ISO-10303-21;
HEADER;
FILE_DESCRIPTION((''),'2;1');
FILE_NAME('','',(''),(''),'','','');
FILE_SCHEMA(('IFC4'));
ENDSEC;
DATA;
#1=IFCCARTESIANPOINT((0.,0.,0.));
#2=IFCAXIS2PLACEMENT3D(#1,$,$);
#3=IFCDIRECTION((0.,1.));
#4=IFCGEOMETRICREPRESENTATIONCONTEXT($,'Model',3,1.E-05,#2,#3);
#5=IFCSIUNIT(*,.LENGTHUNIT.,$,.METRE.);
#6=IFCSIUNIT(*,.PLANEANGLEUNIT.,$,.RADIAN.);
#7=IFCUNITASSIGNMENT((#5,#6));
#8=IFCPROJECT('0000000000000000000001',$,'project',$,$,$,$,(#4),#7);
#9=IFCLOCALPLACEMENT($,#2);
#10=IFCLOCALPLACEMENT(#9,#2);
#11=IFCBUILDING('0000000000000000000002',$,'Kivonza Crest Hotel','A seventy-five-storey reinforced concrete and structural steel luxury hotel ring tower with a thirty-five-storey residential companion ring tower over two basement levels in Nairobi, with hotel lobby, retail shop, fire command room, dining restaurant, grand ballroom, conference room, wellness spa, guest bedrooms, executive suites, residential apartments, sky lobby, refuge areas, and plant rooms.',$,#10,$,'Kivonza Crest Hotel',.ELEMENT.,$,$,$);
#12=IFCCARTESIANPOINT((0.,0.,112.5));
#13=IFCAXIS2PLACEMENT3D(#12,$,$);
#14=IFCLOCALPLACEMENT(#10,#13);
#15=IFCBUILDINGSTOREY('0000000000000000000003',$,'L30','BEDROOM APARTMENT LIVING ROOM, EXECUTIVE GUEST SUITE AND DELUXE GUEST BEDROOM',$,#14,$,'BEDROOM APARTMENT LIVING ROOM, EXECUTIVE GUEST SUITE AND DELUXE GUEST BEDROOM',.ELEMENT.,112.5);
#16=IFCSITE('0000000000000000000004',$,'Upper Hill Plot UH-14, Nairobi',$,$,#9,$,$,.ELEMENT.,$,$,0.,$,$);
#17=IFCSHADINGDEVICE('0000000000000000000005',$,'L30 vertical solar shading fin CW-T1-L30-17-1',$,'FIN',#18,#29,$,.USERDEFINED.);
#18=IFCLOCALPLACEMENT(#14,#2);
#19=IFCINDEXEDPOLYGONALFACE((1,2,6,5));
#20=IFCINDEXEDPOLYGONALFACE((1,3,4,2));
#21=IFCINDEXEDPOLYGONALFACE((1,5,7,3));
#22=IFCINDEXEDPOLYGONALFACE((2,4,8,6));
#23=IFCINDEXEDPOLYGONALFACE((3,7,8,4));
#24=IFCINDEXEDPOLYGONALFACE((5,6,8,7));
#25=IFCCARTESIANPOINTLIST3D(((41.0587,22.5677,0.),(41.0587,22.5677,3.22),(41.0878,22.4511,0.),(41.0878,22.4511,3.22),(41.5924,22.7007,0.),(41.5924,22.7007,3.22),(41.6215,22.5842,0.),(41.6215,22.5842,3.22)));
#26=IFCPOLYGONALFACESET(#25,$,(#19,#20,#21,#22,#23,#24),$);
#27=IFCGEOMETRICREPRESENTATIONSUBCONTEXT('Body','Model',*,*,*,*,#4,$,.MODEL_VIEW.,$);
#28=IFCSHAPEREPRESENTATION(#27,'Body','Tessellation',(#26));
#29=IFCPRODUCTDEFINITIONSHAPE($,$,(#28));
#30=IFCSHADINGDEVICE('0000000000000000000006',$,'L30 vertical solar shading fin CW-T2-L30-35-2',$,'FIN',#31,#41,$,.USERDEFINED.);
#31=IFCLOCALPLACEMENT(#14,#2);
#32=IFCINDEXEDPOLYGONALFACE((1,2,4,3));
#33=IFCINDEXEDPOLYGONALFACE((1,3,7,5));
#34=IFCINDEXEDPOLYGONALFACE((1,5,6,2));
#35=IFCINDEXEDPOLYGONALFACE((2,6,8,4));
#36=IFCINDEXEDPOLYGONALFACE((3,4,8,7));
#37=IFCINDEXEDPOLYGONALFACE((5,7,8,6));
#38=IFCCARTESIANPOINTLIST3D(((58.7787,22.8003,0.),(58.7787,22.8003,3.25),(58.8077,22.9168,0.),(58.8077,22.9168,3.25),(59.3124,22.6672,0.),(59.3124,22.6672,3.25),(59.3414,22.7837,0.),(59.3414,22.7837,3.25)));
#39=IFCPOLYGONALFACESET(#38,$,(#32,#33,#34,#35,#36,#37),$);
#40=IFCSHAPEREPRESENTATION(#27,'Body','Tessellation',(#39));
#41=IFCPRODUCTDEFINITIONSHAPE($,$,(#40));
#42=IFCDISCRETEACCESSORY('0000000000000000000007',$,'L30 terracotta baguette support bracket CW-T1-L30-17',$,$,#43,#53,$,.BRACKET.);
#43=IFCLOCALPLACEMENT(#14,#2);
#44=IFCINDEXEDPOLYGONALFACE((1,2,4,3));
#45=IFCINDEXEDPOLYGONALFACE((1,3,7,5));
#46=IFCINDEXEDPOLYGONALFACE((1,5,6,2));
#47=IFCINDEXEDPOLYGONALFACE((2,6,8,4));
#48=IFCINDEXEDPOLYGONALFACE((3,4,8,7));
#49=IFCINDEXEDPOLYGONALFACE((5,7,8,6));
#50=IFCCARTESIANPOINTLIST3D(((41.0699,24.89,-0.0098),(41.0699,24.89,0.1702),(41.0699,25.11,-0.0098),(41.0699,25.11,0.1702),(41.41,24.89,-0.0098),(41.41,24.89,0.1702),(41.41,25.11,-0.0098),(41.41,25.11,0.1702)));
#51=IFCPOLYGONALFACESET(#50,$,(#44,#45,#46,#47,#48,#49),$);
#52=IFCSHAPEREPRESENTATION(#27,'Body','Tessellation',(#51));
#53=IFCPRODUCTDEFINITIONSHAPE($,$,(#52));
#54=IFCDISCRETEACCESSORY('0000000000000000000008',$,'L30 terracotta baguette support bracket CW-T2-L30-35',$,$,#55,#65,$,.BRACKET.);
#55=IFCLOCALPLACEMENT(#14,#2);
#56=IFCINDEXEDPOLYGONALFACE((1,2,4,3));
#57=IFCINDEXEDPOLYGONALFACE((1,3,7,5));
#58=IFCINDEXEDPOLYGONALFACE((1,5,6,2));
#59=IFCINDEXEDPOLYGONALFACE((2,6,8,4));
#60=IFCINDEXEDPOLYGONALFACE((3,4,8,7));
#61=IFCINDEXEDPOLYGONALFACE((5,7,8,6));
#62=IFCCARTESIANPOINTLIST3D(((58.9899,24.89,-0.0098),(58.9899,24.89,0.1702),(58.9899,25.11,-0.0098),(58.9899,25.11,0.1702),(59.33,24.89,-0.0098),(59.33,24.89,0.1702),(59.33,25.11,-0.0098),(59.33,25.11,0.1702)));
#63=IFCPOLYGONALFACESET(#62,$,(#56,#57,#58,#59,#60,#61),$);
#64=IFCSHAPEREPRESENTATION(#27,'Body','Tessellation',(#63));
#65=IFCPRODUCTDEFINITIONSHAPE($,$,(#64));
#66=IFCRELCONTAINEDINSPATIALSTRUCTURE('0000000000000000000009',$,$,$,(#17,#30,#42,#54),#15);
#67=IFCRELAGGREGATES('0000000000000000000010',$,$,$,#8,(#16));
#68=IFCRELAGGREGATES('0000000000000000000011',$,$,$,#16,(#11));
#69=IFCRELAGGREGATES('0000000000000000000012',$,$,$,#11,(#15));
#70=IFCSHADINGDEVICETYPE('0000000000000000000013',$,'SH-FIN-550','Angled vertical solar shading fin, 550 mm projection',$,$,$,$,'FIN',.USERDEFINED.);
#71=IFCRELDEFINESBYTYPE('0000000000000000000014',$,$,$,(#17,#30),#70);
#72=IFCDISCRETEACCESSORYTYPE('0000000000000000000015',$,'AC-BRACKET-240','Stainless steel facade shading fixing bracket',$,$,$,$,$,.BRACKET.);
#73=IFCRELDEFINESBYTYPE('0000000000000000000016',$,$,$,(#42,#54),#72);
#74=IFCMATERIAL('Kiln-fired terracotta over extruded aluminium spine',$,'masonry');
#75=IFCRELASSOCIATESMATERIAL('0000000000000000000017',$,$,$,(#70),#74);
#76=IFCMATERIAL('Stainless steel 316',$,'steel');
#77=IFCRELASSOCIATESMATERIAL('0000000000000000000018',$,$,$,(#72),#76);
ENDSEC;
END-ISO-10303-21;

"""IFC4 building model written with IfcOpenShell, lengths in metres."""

from ifc_helpers import new_model, si_unit, direction, frame, origin, origin_2d, place, context, subcontext, project, spatial, rectangle, extrude, material, type_object, element, save


model = new_model("IFC4")

# Units and contexts
model_context = context("Model", 3, precision=1e-05, world=origin(), true_north=direction((0.0, 1.0)))
body_context = subcontext(model_context, "Body", "Model", "MODEL_VIEW")
ifc_project = project(units=[si_unit("LENGTHUNIT", "METRE"), si_unit("PLANEANGLEUNIT", "RADIAN")], contexts=[model_context])

# Site, building, storey
site_placement = place(None, origin())
site = spatial("IfcSite", under=ifc_project, at=site_placement, Name="Upper Hill Plot UH-14, Nairobi", CompositionType="ELEMENT", RefElevation=0.0)
building_placement = place(site_placement, origin())
building = spatial("IfcBuilding", under=site, at=building_placement, Name="Kivonza Crest Hotel", Description="A seventy-five-storey reinforced concrete and structural steel luxury hotel ring tower with a thirty-five-storey residential companion ring tower over two basement levels in Nairobi, with hotel lobby, retail shop, fire command room, dining restaurant, grand ballroom, conference room, wellness spa, guest bedrooms, executive suites, residential apartments, sky lobby, refuge areas, and plant rooms.", LongName="Kivonza Crest Hotel", CompositionType="ELEMENT")
storey_placement = place(building_placement, frame((0.0, 0.0, 112.5)))
storey = spatial("IfcBuildingStorey", under=building, at=storey_placement, Name="L30", Description="BEDROOM APARTMENT LIVING ROOM, EXECUTIVE GUEST SUITE AND DELUXE GUEST BEDROOM", LongName="BEDROOM APARTMENT LIVING ROOM, EXECUTIVE GUEST SUITE AND DELUXE GUEST BEDROOM", CompositionType="ELEMENT", Elevation=112.5)

# Shading devices
ifc_material_1 = material(Name="Kiln-fired terracotta over extruded aluminium spine", Category="masonry")
shading_device_type_1 = type_object("IfcShadingDeviceType", Name="SH-FIN-550", Description="Angled vertical solar shading fin, 550 mm projection", ElementType="FIN", PredefinedType="USERDEFINED", material=ifc_material_1)
shading_device_1_placement = place(storey_placement, frame((41.3401, 22.5759, 0.0), z_axis=(0.0, 0.0, 1.0), x_axis=(-0.241922, 0.970296, 0.0)))
element("IfcShadingDevice", 1, at=shading_device_1_placement, inside=storey, type_object=shading_device_type_1, Name="L30 vertical solar shading fin CW-T1-L30-17-1", ObjectType="FIN", PredefinedType="USERDEFINED", context=body_context, shape_type="SweptSolid", body=[
    extrude(rectangle(XDim=0.1201, YDim=0.55, at=origin_2d()), origin(), (0.0, 0.0, 1.0), 3.22),
])
shading_device_2_placement = place(storey_placement, frame((59.0601, 22.792, 0.0), z_axis=(0.0, 0.0, 1.0), x_axis=(-0.241922, -0.970296, 0.0)))
element("IfcShadingDevice", 2, at=shading_device_2_placement, inside=storey, type_object=shading_device_type_1, Name="L30 vertical solar shading fin CW-T2-L30-35-2", ObjectType="FIN", PredefinedType="USERDEFINED", context=body_context, shape_type="SweptSolid", body=[
    extrude(rectangle(XDim=0.1201, YDim=0.55, at=origin_2d()), origin(), (0.0, 0.0, 1.0), 3.25),
])

# Discrete accessories
ifc_material_2 = material(Name="Stainless steel 316", Category="steel")
discrete_accessory_type = type_object("IfcDiscreteAccessoryType", Name="AC-BRACKET-240", Description="Stainless steel facade shading fixing bracket", PredefinedType="BRACKET", material=ifc_material_2)
for number, where, z_axis, x_axis, name in (
    (3, (41.24, 25.0, -0.0098), (0.0, 0.0, 1.0), (0.0, 1.0, 0.0), "L30 terracotta baguette support bracket CW-T1-L30-17"),
    (4, (59.1599, 25.0, -0.0098), (0.0, 0.0, 1.0), (0.0, -1.0, 0.0), "L30 terracotta baguette support bracket CW-T2-L30-35"),
):
    element("IfcDiscreteAccessory", number, at=place(storey_placement, frame(where, z_axis=z_axis, x_axis=x_axis)), inside=storey, type_object=discrete_accessory_type, Name=name, PredefinedType="BRACKET", context=body_context, shape_type="SweptSolid", body=[
        extrude(rectangle(XDim=0.22, YDim=0.3401, at=origin_2d()), origin(), (0.0, 0.0, 1.0), 0.1799),
    ])

save(model, "model.ifc")
